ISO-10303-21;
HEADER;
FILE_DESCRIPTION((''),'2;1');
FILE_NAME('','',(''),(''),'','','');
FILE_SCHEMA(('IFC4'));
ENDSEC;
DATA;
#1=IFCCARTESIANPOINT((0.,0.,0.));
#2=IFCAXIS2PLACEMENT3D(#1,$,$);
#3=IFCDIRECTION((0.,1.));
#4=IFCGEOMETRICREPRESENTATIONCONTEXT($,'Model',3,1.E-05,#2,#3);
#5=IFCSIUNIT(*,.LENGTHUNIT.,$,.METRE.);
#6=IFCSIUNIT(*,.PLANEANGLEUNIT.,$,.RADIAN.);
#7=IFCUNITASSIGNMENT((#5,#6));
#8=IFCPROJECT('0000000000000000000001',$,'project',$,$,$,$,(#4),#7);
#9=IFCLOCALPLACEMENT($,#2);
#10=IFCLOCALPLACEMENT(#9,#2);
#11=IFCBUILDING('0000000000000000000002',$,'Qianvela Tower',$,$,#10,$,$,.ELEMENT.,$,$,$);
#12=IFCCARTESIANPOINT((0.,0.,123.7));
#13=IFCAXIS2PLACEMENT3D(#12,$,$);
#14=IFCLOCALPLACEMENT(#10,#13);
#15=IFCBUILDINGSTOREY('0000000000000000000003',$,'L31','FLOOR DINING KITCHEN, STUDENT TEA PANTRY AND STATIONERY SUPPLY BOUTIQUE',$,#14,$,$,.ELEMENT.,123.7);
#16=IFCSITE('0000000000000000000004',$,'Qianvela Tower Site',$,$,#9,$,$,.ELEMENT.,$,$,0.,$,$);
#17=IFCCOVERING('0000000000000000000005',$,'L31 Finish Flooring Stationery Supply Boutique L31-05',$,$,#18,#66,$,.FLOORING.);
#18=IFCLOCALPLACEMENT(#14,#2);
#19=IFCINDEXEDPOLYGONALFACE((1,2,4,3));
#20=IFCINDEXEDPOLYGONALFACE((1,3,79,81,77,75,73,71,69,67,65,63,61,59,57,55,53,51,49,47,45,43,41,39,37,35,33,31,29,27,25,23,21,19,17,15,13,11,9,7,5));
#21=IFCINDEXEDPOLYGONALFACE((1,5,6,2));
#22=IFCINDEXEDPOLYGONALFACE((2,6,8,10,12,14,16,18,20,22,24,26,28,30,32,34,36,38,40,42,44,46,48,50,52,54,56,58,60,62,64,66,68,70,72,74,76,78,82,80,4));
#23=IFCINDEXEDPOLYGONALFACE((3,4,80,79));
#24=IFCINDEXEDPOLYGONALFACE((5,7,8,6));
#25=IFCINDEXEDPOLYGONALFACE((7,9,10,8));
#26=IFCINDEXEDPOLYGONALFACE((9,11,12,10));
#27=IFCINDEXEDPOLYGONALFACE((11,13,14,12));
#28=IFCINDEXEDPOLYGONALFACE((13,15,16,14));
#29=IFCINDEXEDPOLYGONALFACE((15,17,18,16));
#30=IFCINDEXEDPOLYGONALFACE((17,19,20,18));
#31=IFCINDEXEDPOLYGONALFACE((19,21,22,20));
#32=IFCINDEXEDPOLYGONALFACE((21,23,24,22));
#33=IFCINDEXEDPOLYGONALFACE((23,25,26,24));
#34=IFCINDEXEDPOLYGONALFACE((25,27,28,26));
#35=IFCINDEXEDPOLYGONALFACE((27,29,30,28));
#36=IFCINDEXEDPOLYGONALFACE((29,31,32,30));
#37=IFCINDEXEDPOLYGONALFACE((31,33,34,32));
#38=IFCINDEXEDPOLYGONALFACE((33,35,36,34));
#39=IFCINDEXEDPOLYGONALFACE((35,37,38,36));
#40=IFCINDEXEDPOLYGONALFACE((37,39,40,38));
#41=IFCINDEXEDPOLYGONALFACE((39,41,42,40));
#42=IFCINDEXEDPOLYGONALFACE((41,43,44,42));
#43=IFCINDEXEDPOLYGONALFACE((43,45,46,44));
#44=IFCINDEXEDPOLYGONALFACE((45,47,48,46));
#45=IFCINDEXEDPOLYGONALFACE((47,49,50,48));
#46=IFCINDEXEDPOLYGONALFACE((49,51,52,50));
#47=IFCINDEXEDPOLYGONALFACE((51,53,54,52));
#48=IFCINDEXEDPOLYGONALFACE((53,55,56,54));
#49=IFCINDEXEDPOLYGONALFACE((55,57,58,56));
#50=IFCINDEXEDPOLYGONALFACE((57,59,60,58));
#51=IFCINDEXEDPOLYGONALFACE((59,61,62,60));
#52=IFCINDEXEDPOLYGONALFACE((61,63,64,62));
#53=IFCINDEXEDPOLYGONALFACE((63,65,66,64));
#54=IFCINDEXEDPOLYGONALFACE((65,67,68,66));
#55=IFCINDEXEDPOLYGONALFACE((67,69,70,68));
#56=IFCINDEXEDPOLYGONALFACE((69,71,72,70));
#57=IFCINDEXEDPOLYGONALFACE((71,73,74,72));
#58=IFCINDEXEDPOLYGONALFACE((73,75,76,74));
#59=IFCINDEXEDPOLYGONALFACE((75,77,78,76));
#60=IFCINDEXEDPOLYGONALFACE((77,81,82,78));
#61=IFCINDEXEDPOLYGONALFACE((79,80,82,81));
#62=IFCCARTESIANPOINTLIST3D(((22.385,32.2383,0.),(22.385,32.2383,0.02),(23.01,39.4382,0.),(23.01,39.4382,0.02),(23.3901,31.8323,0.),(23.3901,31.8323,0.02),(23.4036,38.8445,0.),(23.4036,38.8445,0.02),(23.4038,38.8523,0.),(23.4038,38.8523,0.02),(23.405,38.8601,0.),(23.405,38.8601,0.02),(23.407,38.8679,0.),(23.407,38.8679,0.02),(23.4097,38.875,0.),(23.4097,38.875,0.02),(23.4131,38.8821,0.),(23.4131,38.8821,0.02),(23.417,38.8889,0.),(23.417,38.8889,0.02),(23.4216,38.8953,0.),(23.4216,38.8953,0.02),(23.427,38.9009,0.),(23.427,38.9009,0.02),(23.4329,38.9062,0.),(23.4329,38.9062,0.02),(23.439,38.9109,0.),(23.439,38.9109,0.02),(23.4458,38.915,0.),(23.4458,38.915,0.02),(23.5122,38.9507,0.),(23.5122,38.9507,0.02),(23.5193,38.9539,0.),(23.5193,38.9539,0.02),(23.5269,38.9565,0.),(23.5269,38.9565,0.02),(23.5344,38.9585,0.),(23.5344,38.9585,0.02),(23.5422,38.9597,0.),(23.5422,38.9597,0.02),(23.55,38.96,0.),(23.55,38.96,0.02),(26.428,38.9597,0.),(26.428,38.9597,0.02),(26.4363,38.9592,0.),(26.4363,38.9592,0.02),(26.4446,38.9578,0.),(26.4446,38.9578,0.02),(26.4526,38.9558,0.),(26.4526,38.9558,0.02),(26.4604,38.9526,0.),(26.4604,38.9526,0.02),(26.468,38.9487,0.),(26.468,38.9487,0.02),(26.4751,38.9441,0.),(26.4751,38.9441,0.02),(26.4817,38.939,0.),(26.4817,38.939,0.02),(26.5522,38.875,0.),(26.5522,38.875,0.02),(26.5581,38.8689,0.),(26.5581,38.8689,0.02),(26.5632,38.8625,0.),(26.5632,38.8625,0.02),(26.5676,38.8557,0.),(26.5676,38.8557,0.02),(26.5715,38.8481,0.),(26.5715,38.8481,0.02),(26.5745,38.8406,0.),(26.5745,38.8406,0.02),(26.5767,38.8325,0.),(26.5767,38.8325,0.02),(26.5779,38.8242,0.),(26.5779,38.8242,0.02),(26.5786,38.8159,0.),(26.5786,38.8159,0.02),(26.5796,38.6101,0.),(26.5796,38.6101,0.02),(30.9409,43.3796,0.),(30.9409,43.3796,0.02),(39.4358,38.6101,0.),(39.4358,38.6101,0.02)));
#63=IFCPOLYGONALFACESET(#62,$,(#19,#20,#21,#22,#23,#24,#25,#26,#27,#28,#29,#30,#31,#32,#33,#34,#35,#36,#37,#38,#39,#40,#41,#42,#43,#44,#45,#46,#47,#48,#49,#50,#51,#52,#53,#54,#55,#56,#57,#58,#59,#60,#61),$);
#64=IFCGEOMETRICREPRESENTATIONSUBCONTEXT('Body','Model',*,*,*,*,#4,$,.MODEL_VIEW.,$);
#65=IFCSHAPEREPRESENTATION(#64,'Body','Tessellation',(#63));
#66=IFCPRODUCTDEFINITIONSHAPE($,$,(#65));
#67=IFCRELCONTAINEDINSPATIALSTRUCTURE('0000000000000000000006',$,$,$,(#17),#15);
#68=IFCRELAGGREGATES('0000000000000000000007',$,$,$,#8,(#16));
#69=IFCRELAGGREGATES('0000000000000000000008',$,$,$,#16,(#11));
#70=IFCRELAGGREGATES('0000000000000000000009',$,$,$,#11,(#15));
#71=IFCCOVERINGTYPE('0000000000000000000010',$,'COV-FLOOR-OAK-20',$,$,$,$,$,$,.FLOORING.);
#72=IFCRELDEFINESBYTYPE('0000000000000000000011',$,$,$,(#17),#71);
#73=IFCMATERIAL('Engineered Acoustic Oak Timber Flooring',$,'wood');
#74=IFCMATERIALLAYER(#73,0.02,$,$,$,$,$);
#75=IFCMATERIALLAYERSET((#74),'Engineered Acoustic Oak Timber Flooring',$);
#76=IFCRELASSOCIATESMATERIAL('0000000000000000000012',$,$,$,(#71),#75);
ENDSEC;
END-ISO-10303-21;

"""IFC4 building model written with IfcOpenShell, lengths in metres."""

from ifc_helpers import new_model, si_unit, direction, frame, origin, place, context, subcontext, project, spatial, polyline, outline, extrude, material, layer, layer_set, type_object, element, save


model = new_model("IFC4")

# Units and contexts
model_context = context("Model", 3, precision=1e-05, world=origin(), true_north=direction((0.0, 1.0)))
body_context = subcontext(model_context, "Body", "Model", "MODEL_VIEW")
ifc_project = project(units=[si_unit("LENGTHUNIT", "METRE"), si_unit("PLANEANGLEUNIT", "RADIAN")], contexts=[model_context])

# Site, building, storey
site_placement = place(None, origin())
site = spatial("IfcSite", under=ifc_project, at=site_placement, Name="Qianvela Tower Site", CompositionType="ELEMENT", RefElevation=0.0)
building_placement = place(site_placement, origin())
building = spatial("IfcBuilding", under=site, at=building_placement, Name="Qianvela Tower", CompositionType="ELEMENT")
storey_placement = place(building_placement, frame((0.0, 0.0, 123.7)))
storey = spatial("IfcBuildingStorey", under=building, at=storey_placement, Name="L31", Description="FLOOR DINING KITCHEN, STUDENT TEA PANTRY AND STATIONERY SUPPLY BOUTIQUE", CompositionType="ELEMENT", Elevation=123.7)

# Covering
ifc_material_1 = material(Name="Engineered Acoustic Oak Timber Flooring", Category="wood")
ifc_layer_1 = layer(ifc_material_1, 0.02)
ifc_layer_set_1 = layer_set([ifc_layer_1], Name="Engineered Acoustic Oak Timber Flooring")
covering_type_1 = type_object("IfcCoveringType", Name="COV-FLOOR-OAK-20", PredefinedType="FLOORING", material=ifc_layer_set_1)
covering_1_placement = place(storey_placement, origin())
element("IfcCovering", 1, at=covering_1_placement, inside=storey, type_object=covering_type_1, Name="L31 Finish Flooring Stationery Supply Boutique L31-05", PredefinedType="FLOORING", context=body_context, shape_type="SweptSolid", body=[
    extrude(outline(polyline([(26.5786, 38.8159), (26.5779, 38.8242), (26.5767, 38.8325), (26.5745, 38.8406), (26.5715, 38.8481), (26.5676, 38.8557), (26.5632, 38.8625), (26.5581, 38.8689), (26.5522, 38.875), (26.4817, 38.939), (26.4751, 38.9441), (26.468, 38.9487), (26.4604, 38.9526), (26.4526, 38.9558), (26.4446, 38.9578), (26.4363, 38.9592), (26.428, 38.9597), (23.55, 38.96), (23.5422, 38.9597), (23.5344, 38.9585), (23.5269, 38.9565), (23.5193, 38.9539), (23.5122, 38.9507), (23.4458, 38.915), (23.439, 38.9109), (23.4329, 38.9062), (23.427, 38.9009), (23.4216, 38.8953), (23.417, 38.8889), (23.4131, 38.8821), (23.4097, 38.875), (23.407, 38.8679), (23.405, 38.8601), (23.4038, 38.8523), (23.4036, 38.8445), (23.3901, 31.8323), (22.385, 32.2383), (23.01, 39.4382), (30.9409, 43.3796), (39.4358, 38.6101), (26.5796, 38.6101), (26.5786, 38.8159)])), origin(), (0.0, 0.0, 1.0), 0.02),
])

save(model, "model.ifc")
